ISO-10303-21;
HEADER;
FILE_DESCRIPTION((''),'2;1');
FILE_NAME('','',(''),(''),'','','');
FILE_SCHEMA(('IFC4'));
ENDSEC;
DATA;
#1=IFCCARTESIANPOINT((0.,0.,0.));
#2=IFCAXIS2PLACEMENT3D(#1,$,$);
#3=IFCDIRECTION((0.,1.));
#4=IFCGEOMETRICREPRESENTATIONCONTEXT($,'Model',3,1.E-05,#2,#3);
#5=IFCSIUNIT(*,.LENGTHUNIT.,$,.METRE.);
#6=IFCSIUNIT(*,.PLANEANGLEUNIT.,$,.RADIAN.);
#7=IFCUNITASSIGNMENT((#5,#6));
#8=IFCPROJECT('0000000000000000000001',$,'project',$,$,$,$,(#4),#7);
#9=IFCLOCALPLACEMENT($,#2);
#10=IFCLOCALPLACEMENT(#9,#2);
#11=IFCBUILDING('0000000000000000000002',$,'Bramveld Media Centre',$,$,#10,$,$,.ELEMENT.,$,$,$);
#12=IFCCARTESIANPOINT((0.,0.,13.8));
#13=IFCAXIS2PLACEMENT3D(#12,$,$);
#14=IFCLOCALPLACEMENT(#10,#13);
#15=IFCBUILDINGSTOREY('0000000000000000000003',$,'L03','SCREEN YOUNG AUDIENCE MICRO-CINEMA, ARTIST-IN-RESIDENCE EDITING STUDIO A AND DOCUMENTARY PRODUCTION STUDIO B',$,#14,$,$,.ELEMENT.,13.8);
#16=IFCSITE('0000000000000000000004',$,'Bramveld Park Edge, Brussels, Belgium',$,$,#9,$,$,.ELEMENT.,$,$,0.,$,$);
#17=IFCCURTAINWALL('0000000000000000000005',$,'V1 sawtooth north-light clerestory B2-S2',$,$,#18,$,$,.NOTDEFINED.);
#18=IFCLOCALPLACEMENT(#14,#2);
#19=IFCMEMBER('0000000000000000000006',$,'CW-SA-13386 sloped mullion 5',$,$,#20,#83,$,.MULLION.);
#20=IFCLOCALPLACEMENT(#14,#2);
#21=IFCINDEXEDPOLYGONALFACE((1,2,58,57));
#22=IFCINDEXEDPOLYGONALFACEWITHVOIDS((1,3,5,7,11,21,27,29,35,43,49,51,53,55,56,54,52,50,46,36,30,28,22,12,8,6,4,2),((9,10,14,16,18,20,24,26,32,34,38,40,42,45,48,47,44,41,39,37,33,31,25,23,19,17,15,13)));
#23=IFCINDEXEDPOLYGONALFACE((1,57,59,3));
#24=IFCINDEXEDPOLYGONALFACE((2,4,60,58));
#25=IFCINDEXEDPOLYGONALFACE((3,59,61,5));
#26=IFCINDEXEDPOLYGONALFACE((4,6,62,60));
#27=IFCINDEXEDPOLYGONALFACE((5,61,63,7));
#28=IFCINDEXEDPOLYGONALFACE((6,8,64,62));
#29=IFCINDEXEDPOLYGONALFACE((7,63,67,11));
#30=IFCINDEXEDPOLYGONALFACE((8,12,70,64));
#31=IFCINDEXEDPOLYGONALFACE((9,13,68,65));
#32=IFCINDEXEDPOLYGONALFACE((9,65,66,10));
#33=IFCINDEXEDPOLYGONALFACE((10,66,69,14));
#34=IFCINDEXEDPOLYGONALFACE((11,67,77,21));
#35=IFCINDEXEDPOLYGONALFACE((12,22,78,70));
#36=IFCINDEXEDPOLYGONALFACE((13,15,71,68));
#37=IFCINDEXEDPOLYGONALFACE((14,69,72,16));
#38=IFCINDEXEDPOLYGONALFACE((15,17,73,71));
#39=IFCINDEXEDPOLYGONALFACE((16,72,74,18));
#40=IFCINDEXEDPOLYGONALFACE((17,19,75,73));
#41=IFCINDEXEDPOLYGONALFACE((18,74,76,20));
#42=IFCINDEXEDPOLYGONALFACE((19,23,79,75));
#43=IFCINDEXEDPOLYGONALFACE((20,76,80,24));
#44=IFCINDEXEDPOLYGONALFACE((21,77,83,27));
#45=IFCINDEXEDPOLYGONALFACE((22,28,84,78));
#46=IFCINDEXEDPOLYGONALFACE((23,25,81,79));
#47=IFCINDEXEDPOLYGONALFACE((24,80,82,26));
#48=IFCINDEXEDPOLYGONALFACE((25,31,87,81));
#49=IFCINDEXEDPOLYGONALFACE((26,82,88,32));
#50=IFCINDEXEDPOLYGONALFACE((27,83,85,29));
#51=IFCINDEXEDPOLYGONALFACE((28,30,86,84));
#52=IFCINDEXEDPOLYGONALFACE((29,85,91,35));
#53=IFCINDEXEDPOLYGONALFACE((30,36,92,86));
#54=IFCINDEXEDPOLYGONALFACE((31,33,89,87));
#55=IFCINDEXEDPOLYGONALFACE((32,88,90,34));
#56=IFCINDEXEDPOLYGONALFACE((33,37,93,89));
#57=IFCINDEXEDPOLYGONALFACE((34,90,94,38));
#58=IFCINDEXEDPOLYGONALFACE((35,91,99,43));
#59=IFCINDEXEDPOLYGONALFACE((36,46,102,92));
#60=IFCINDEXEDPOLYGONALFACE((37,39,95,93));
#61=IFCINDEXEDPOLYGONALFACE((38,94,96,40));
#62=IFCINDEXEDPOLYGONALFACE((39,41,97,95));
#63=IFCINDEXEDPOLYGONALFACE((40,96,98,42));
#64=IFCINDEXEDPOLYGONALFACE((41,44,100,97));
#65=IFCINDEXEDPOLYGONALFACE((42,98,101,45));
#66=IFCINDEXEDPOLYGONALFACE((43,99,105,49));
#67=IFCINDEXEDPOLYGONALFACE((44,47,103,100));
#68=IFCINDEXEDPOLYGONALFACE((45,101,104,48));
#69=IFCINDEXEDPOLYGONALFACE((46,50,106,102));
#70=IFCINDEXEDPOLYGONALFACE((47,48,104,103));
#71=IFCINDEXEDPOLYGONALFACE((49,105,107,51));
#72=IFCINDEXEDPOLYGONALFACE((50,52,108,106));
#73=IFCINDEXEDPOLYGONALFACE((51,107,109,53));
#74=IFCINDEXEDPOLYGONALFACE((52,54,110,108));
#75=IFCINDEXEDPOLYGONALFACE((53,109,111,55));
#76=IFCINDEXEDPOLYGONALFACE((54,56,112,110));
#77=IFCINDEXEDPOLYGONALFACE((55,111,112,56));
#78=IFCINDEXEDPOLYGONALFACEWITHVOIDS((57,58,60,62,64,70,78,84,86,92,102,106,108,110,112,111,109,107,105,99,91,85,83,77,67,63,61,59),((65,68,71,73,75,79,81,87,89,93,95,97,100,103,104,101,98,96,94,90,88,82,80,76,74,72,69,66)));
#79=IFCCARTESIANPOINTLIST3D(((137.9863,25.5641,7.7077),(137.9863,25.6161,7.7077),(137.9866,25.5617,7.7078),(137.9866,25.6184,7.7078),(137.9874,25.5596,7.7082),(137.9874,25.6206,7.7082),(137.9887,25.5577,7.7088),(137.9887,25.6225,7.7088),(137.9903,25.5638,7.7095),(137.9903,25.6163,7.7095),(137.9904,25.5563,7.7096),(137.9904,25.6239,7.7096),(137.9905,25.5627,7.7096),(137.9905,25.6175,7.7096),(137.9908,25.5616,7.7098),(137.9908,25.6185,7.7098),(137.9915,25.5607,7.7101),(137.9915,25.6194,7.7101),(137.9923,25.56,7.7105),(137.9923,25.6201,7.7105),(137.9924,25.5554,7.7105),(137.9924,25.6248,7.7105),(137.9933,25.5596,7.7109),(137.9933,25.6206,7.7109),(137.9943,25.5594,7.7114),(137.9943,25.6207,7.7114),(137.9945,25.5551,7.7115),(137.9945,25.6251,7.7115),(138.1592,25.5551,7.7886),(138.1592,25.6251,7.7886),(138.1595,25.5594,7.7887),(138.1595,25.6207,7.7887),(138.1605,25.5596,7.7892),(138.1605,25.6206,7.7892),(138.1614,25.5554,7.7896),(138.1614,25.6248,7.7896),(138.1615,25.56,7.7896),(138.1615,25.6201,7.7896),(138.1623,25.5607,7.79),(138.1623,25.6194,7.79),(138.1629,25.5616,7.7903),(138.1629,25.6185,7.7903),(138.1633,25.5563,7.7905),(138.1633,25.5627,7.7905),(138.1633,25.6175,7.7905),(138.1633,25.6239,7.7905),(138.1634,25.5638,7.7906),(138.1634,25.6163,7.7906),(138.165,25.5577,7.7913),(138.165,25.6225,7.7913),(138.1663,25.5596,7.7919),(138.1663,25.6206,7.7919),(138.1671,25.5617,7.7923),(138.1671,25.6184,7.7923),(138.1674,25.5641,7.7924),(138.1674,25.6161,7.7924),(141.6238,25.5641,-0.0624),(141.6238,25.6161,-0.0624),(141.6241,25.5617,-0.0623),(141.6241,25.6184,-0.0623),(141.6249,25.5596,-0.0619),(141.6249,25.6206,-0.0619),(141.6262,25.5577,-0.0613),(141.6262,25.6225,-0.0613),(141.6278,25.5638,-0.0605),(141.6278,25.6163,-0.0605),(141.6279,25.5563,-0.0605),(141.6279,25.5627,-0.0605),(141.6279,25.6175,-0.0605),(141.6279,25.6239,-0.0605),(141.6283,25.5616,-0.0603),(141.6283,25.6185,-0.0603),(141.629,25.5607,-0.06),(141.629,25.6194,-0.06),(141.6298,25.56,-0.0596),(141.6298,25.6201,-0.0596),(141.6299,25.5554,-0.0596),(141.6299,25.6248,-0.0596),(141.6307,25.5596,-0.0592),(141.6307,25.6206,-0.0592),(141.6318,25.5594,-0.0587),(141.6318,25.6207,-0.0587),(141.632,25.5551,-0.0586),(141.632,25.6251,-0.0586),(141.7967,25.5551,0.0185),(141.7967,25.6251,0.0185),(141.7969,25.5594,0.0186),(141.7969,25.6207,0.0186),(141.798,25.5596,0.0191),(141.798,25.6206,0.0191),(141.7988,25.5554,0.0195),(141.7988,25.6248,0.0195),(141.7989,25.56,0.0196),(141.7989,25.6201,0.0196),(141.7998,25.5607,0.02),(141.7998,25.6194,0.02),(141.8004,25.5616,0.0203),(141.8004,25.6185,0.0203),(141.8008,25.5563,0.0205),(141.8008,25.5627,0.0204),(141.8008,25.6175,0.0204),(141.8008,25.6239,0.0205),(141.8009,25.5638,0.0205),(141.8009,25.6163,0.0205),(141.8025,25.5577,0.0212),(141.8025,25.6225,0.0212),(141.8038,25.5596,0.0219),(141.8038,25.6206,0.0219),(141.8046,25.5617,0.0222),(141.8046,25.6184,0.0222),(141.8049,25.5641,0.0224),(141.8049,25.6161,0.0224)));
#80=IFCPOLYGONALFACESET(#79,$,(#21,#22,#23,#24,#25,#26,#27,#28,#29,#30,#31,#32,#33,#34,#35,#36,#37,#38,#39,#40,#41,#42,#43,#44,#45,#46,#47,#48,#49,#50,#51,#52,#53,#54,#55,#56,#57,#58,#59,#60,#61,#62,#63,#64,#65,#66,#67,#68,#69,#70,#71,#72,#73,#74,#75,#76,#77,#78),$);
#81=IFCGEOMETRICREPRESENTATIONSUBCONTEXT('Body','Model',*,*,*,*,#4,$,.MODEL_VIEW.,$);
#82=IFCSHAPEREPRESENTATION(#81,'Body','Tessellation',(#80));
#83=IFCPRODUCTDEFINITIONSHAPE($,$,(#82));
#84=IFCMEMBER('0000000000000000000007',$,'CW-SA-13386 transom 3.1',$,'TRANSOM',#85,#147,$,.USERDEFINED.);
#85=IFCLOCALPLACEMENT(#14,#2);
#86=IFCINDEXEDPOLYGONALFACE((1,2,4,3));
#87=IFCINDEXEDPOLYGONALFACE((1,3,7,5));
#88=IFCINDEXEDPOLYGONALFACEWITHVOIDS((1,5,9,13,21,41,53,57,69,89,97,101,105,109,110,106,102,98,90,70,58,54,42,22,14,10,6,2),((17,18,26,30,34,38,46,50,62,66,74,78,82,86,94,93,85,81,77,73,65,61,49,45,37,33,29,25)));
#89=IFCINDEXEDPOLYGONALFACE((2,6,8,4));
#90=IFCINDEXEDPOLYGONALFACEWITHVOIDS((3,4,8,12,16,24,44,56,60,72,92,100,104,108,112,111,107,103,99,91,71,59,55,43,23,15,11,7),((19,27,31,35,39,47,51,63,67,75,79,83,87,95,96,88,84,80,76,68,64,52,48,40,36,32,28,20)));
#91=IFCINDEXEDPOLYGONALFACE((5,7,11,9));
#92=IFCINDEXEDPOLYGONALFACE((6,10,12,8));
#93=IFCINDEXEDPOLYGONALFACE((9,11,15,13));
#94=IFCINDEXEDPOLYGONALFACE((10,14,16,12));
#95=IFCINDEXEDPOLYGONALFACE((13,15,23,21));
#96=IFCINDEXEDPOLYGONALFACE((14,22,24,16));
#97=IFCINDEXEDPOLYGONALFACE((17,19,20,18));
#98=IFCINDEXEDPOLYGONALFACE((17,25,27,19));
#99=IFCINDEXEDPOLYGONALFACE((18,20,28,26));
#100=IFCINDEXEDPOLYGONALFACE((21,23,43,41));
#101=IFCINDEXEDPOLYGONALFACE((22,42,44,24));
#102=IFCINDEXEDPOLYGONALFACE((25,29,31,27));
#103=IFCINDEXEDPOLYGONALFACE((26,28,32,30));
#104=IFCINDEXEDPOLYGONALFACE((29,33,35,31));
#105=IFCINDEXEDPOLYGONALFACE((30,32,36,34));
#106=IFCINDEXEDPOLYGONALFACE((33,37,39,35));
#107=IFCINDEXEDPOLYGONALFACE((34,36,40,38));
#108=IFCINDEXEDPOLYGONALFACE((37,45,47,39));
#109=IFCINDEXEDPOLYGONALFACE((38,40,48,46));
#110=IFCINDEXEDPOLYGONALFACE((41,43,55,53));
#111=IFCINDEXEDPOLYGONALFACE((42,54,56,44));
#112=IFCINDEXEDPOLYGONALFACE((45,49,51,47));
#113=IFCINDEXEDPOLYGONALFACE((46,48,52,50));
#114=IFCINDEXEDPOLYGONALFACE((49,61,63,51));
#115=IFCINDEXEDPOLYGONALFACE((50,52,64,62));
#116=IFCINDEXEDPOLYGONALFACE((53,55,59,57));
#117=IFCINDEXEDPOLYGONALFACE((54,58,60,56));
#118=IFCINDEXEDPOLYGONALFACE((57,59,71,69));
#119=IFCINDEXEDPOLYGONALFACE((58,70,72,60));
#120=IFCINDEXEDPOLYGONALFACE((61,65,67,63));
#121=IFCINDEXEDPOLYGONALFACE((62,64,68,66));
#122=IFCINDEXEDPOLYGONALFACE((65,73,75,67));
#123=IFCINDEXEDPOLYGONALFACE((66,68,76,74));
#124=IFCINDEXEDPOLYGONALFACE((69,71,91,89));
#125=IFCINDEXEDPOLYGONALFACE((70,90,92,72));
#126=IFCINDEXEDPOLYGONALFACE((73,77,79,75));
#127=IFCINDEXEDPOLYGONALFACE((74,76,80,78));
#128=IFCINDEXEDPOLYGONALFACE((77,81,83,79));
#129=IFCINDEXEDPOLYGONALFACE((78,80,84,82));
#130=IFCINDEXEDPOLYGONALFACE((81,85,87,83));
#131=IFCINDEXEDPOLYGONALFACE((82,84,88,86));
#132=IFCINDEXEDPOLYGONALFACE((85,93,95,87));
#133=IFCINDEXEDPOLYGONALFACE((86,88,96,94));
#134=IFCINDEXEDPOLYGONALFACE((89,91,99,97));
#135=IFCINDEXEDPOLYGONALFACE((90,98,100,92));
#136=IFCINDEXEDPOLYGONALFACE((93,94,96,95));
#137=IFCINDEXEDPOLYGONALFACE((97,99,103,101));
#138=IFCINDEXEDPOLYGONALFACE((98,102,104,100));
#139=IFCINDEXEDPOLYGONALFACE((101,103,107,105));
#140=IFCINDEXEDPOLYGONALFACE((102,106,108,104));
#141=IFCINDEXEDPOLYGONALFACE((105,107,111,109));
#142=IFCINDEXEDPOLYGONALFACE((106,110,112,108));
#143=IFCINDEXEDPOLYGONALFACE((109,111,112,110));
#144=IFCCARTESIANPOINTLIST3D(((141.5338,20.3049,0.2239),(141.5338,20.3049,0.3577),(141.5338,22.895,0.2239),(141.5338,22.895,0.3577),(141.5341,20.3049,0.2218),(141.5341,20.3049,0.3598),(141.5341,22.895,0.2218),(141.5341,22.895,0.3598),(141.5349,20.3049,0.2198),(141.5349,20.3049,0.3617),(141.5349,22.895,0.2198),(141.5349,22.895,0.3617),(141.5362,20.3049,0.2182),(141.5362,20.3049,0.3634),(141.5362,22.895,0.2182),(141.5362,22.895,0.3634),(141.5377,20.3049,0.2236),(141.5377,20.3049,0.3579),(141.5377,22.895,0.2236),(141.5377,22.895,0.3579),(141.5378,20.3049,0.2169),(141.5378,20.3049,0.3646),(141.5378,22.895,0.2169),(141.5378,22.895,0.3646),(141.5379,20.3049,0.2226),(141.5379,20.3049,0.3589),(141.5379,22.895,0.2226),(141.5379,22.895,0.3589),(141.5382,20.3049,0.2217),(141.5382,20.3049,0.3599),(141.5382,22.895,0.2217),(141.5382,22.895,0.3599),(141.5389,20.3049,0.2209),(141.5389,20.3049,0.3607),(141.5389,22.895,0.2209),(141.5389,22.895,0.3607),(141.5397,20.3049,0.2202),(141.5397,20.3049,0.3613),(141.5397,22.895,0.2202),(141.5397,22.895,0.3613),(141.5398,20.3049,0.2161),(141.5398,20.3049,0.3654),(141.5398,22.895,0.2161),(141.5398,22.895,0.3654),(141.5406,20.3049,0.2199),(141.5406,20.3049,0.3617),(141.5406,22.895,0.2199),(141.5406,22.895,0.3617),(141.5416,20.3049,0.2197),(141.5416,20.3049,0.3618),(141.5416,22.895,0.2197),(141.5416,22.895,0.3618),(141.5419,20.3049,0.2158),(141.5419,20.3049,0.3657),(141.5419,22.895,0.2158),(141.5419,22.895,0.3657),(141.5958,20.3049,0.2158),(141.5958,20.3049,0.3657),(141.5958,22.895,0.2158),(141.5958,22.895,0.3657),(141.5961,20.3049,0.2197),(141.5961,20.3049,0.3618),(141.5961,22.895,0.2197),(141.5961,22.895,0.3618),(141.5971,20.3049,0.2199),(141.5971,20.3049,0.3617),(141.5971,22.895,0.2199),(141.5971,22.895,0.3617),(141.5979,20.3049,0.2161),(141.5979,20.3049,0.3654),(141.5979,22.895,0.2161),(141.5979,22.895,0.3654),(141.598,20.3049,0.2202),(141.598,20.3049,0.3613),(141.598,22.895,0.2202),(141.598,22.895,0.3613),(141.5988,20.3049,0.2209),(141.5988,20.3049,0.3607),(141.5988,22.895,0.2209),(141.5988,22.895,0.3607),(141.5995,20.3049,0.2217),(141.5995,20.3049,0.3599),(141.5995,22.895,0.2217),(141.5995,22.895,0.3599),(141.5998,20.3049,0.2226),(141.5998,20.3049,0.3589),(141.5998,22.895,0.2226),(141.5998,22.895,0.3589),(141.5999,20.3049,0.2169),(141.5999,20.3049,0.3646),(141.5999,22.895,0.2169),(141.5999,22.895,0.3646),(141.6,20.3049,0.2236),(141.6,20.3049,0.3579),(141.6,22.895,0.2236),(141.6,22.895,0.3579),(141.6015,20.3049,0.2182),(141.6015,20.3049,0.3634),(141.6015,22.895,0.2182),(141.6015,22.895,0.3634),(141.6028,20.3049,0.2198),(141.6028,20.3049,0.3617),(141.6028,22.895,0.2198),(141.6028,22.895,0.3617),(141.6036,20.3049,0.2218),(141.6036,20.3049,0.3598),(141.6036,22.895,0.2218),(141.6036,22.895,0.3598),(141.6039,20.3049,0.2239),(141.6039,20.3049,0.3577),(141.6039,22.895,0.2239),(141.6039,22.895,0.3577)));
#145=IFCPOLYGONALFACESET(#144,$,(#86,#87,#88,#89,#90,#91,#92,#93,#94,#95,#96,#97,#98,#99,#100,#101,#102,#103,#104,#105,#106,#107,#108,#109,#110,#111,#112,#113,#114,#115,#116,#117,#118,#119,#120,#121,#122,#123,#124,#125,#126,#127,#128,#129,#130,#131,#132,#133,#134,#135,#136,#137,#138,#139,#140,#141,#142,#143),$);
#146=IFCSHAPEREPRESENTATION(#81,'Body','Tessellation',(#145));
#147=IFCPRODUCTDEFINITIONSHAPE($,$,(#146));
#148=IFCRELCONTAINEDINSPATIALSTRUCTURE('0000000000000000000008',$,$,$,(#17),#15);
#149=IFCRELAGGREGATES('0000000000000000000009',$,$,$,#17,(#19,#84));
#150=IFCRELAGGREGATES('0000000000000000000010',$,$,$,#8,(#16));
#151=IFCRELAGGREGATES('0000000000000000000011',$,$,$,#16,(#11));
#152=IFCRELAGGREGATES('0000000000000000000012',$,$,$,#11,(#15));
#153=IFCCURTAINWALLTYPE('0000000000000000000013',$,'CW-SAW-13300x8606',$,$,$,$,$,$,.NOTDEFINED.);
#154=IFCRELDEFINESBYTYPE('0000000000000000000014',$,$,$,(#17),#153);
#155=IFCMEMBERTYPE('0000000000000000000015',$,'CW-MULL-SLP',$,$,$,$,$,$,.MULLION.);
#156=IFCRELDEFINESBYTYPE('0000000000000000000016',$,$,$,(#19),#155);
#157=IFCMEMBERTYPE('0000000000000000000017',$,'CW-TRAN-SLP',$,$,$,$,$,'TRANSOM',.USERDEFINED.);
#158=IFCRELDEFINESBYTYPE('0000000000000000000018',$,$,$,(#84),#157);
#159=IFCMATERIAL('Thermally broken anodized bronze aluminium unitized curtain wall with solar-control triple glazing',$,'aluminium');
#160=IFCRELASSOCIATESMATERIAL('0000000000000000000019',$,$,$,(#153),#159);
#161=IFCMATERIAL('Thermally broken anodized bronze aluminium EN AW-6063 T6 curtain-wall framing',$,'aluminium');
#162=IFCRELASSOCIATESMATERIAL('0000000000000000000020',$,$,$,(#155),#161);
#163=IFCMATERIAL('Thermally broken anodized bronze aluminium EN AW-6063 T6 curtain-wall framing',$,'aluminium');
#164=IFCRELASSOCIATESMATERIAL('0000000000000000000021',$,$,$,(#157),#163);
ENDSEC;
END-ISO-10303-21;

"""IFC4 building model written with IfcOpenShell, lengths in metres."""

from ifc_helpers import new_model, si_unit, direction, frame, origin, origin_2d, place, context, subcontext, project, spatial, hollow_rectangle, extrude, material, material_profile, profile_set, type_object, element, aggregate, save


model = new_model("IFC4")

# Units and contexts
model_context = context("Model", 3, precision=1e-05, world=origin(), true_north=direction((0.0, 1.0)))
body_context = subcontext(model_context, "Body", "Model", "MODEL_VIEW")
ifc_project = project(units=[si_unit("LENGTHUNIT", "METRE"), si_unit("PLANEANGLEUNIT", "RADIAN")], contexts=[model_context])

# Site, building, storey
site_placement = place(None, origin())
site = spatial("IfcSite", under=ifc_project, at=site_placement, Name="Bramveld Park Edge, Brussels, Belgium", CompositionType="ELEMENT", RefElevation=0.0)
building_placement = place(site_placement, origin())
building = spatial("IfcBuilding", under=site, at=building_placement, Name="Bramveld Media Centre", CompositionType="ELEMENT")
storey_placement = place(building_placement, frame((0.0, 0.0, 13.8)))
storey = spatial("IfcBuildingStorey", under=building, at=storey_placement, Name="L03", Description="SCREEN YOUNG AUDIENCE MICRO-CINEMA, ARTIST-IN-RESIDENCE EDITING STUDIO A AND DOCUMENTARY PRODUCTION STUDIO B", CompositionType="ELEMENT", Elevation=13.8)

# Curtain wall, members
ifc_material_1 = material(Name="Thermally broken anodized bronze aluminium unitized curtain wall with solar-control triple glazing", Category="aluminium")
curtain_wall_type = type_object("IfcCurtainWallType", Name="CW-SAW-13300x8606", PredefinedType="NOTDEFINED", material=ifc_material_1)
curtain_wall_1_placement = place(storey_placement, origin())
curtain_wall_1 = element("IfcCurtainWall", 1, at=curtain_wall_1_placement, inside=storey, type_object=curtain_wall_type, Name="V1 sawtooth north-light clerestory B2-S2", PredefinedType="NOTDEFINED")
ifc_material_2 = material(Name="Thermally broken anodized bronze aluminium EN AW-6063 T6 curtain-wall framing", Category="aluminium")
ifc_material_profile_1 = material_profile(ifc_material_2, hollow_rectangle(XDim=0.0701, YDim=0.2, WallThickness=0.0044, InnerFilletRadius=0.0044, OuterFilletRadius=0.009, at=origin_2d()), Name="AL-MULL 70x200")
ifc_profile_set_1 = profile_set([ifc_material_profile_1], Name="Thermally broken anodized bronze aluminium EN AW-6063 T6 curtain-wall framing")
member_type_1 = type_object("IfcMemberType", Name="CW-MULL-SLP", PredefinedType="MULLION", material=ifc_profile_set_1)
member_1_placement = place(storey_placement, frame((141.7144, 25.5901, -0.02), z_axis=(-0.42398, 0.0, 0.905671), x_axis=(0.0, -1.0, 0.0)))
member_1 = element("IfcMember", 2, at=member_1_placement, type_object=member_type_1, Name="CW-SA-13386 sloped mullion 5", PredefinedType="MULLION", context=body_context, shape_type="SweptSolid", body=[
    extrude(hollow_rectangle(XDim=0.0701, YDim=0.2, WallThickness=0.0044, InnerFilletRadius=0.0044, OuterFilletRadius=0.009, at=origin_2d()), origin(), (0.0, 0.0, 1.0), 8.5793),
])
ifc_material_3 = material(Name="Thermally broken anodized bronze aluminium EN AW-6063 T6 curtain-wall framing", Category="aluminium")
ifc_material_profile_2 = material_profile(ifc_material_3, hollow_rectangle(XDim=0.0701, YDim=0.1499, WallThickness=0.0039, InnerFilletRadius=0.0039, OuterFilletRadius=0.0081, at=origin_2d()), Name="AL-TRAN 70x150")
ifc_profile_set_2 = profile_set([ifc_material_profile_2], Name="Thermally broken anodized bronze aluminium EN AW-6063 T6 curtain-wall framing")
member_type_2 = type_object("IfcMemberType", Name="CW-TRAN-SLP", ElementType="TRANSOM", PredefinedType="USERDEFINED", material=ifc_profile_set_2)
member_2_placement = place(storey_placement, frame((141.5688, 20.3049, 0.2908), z_axis=(0.0, 1.0, 0.0), x_axis=(-1.0, 0.0, 0.0)))
member_2 = element("IfcMember", 3, at=member_2_placement, type_object=member_type_2, Name="CW-SA-13386 transom 3.1", ObjectType="TRANSOM", PredefinedType="USERDEFINED", context=body_context, shape_type="SweptSolid", body=[
    extrude(hollow_rectangle(XDim=0.0701, YDim=0.1499, WallThickness=0.0039, InnerFilletRadius=0.0039, OuterFilletRadius=0.0081, at=origin_2d()), origin(), (0.0, 0.0, 1.0), 2.5901),
])

aggregate(curtain_wall_1, [member_1, member_2])

save(model, "model.ifc")
